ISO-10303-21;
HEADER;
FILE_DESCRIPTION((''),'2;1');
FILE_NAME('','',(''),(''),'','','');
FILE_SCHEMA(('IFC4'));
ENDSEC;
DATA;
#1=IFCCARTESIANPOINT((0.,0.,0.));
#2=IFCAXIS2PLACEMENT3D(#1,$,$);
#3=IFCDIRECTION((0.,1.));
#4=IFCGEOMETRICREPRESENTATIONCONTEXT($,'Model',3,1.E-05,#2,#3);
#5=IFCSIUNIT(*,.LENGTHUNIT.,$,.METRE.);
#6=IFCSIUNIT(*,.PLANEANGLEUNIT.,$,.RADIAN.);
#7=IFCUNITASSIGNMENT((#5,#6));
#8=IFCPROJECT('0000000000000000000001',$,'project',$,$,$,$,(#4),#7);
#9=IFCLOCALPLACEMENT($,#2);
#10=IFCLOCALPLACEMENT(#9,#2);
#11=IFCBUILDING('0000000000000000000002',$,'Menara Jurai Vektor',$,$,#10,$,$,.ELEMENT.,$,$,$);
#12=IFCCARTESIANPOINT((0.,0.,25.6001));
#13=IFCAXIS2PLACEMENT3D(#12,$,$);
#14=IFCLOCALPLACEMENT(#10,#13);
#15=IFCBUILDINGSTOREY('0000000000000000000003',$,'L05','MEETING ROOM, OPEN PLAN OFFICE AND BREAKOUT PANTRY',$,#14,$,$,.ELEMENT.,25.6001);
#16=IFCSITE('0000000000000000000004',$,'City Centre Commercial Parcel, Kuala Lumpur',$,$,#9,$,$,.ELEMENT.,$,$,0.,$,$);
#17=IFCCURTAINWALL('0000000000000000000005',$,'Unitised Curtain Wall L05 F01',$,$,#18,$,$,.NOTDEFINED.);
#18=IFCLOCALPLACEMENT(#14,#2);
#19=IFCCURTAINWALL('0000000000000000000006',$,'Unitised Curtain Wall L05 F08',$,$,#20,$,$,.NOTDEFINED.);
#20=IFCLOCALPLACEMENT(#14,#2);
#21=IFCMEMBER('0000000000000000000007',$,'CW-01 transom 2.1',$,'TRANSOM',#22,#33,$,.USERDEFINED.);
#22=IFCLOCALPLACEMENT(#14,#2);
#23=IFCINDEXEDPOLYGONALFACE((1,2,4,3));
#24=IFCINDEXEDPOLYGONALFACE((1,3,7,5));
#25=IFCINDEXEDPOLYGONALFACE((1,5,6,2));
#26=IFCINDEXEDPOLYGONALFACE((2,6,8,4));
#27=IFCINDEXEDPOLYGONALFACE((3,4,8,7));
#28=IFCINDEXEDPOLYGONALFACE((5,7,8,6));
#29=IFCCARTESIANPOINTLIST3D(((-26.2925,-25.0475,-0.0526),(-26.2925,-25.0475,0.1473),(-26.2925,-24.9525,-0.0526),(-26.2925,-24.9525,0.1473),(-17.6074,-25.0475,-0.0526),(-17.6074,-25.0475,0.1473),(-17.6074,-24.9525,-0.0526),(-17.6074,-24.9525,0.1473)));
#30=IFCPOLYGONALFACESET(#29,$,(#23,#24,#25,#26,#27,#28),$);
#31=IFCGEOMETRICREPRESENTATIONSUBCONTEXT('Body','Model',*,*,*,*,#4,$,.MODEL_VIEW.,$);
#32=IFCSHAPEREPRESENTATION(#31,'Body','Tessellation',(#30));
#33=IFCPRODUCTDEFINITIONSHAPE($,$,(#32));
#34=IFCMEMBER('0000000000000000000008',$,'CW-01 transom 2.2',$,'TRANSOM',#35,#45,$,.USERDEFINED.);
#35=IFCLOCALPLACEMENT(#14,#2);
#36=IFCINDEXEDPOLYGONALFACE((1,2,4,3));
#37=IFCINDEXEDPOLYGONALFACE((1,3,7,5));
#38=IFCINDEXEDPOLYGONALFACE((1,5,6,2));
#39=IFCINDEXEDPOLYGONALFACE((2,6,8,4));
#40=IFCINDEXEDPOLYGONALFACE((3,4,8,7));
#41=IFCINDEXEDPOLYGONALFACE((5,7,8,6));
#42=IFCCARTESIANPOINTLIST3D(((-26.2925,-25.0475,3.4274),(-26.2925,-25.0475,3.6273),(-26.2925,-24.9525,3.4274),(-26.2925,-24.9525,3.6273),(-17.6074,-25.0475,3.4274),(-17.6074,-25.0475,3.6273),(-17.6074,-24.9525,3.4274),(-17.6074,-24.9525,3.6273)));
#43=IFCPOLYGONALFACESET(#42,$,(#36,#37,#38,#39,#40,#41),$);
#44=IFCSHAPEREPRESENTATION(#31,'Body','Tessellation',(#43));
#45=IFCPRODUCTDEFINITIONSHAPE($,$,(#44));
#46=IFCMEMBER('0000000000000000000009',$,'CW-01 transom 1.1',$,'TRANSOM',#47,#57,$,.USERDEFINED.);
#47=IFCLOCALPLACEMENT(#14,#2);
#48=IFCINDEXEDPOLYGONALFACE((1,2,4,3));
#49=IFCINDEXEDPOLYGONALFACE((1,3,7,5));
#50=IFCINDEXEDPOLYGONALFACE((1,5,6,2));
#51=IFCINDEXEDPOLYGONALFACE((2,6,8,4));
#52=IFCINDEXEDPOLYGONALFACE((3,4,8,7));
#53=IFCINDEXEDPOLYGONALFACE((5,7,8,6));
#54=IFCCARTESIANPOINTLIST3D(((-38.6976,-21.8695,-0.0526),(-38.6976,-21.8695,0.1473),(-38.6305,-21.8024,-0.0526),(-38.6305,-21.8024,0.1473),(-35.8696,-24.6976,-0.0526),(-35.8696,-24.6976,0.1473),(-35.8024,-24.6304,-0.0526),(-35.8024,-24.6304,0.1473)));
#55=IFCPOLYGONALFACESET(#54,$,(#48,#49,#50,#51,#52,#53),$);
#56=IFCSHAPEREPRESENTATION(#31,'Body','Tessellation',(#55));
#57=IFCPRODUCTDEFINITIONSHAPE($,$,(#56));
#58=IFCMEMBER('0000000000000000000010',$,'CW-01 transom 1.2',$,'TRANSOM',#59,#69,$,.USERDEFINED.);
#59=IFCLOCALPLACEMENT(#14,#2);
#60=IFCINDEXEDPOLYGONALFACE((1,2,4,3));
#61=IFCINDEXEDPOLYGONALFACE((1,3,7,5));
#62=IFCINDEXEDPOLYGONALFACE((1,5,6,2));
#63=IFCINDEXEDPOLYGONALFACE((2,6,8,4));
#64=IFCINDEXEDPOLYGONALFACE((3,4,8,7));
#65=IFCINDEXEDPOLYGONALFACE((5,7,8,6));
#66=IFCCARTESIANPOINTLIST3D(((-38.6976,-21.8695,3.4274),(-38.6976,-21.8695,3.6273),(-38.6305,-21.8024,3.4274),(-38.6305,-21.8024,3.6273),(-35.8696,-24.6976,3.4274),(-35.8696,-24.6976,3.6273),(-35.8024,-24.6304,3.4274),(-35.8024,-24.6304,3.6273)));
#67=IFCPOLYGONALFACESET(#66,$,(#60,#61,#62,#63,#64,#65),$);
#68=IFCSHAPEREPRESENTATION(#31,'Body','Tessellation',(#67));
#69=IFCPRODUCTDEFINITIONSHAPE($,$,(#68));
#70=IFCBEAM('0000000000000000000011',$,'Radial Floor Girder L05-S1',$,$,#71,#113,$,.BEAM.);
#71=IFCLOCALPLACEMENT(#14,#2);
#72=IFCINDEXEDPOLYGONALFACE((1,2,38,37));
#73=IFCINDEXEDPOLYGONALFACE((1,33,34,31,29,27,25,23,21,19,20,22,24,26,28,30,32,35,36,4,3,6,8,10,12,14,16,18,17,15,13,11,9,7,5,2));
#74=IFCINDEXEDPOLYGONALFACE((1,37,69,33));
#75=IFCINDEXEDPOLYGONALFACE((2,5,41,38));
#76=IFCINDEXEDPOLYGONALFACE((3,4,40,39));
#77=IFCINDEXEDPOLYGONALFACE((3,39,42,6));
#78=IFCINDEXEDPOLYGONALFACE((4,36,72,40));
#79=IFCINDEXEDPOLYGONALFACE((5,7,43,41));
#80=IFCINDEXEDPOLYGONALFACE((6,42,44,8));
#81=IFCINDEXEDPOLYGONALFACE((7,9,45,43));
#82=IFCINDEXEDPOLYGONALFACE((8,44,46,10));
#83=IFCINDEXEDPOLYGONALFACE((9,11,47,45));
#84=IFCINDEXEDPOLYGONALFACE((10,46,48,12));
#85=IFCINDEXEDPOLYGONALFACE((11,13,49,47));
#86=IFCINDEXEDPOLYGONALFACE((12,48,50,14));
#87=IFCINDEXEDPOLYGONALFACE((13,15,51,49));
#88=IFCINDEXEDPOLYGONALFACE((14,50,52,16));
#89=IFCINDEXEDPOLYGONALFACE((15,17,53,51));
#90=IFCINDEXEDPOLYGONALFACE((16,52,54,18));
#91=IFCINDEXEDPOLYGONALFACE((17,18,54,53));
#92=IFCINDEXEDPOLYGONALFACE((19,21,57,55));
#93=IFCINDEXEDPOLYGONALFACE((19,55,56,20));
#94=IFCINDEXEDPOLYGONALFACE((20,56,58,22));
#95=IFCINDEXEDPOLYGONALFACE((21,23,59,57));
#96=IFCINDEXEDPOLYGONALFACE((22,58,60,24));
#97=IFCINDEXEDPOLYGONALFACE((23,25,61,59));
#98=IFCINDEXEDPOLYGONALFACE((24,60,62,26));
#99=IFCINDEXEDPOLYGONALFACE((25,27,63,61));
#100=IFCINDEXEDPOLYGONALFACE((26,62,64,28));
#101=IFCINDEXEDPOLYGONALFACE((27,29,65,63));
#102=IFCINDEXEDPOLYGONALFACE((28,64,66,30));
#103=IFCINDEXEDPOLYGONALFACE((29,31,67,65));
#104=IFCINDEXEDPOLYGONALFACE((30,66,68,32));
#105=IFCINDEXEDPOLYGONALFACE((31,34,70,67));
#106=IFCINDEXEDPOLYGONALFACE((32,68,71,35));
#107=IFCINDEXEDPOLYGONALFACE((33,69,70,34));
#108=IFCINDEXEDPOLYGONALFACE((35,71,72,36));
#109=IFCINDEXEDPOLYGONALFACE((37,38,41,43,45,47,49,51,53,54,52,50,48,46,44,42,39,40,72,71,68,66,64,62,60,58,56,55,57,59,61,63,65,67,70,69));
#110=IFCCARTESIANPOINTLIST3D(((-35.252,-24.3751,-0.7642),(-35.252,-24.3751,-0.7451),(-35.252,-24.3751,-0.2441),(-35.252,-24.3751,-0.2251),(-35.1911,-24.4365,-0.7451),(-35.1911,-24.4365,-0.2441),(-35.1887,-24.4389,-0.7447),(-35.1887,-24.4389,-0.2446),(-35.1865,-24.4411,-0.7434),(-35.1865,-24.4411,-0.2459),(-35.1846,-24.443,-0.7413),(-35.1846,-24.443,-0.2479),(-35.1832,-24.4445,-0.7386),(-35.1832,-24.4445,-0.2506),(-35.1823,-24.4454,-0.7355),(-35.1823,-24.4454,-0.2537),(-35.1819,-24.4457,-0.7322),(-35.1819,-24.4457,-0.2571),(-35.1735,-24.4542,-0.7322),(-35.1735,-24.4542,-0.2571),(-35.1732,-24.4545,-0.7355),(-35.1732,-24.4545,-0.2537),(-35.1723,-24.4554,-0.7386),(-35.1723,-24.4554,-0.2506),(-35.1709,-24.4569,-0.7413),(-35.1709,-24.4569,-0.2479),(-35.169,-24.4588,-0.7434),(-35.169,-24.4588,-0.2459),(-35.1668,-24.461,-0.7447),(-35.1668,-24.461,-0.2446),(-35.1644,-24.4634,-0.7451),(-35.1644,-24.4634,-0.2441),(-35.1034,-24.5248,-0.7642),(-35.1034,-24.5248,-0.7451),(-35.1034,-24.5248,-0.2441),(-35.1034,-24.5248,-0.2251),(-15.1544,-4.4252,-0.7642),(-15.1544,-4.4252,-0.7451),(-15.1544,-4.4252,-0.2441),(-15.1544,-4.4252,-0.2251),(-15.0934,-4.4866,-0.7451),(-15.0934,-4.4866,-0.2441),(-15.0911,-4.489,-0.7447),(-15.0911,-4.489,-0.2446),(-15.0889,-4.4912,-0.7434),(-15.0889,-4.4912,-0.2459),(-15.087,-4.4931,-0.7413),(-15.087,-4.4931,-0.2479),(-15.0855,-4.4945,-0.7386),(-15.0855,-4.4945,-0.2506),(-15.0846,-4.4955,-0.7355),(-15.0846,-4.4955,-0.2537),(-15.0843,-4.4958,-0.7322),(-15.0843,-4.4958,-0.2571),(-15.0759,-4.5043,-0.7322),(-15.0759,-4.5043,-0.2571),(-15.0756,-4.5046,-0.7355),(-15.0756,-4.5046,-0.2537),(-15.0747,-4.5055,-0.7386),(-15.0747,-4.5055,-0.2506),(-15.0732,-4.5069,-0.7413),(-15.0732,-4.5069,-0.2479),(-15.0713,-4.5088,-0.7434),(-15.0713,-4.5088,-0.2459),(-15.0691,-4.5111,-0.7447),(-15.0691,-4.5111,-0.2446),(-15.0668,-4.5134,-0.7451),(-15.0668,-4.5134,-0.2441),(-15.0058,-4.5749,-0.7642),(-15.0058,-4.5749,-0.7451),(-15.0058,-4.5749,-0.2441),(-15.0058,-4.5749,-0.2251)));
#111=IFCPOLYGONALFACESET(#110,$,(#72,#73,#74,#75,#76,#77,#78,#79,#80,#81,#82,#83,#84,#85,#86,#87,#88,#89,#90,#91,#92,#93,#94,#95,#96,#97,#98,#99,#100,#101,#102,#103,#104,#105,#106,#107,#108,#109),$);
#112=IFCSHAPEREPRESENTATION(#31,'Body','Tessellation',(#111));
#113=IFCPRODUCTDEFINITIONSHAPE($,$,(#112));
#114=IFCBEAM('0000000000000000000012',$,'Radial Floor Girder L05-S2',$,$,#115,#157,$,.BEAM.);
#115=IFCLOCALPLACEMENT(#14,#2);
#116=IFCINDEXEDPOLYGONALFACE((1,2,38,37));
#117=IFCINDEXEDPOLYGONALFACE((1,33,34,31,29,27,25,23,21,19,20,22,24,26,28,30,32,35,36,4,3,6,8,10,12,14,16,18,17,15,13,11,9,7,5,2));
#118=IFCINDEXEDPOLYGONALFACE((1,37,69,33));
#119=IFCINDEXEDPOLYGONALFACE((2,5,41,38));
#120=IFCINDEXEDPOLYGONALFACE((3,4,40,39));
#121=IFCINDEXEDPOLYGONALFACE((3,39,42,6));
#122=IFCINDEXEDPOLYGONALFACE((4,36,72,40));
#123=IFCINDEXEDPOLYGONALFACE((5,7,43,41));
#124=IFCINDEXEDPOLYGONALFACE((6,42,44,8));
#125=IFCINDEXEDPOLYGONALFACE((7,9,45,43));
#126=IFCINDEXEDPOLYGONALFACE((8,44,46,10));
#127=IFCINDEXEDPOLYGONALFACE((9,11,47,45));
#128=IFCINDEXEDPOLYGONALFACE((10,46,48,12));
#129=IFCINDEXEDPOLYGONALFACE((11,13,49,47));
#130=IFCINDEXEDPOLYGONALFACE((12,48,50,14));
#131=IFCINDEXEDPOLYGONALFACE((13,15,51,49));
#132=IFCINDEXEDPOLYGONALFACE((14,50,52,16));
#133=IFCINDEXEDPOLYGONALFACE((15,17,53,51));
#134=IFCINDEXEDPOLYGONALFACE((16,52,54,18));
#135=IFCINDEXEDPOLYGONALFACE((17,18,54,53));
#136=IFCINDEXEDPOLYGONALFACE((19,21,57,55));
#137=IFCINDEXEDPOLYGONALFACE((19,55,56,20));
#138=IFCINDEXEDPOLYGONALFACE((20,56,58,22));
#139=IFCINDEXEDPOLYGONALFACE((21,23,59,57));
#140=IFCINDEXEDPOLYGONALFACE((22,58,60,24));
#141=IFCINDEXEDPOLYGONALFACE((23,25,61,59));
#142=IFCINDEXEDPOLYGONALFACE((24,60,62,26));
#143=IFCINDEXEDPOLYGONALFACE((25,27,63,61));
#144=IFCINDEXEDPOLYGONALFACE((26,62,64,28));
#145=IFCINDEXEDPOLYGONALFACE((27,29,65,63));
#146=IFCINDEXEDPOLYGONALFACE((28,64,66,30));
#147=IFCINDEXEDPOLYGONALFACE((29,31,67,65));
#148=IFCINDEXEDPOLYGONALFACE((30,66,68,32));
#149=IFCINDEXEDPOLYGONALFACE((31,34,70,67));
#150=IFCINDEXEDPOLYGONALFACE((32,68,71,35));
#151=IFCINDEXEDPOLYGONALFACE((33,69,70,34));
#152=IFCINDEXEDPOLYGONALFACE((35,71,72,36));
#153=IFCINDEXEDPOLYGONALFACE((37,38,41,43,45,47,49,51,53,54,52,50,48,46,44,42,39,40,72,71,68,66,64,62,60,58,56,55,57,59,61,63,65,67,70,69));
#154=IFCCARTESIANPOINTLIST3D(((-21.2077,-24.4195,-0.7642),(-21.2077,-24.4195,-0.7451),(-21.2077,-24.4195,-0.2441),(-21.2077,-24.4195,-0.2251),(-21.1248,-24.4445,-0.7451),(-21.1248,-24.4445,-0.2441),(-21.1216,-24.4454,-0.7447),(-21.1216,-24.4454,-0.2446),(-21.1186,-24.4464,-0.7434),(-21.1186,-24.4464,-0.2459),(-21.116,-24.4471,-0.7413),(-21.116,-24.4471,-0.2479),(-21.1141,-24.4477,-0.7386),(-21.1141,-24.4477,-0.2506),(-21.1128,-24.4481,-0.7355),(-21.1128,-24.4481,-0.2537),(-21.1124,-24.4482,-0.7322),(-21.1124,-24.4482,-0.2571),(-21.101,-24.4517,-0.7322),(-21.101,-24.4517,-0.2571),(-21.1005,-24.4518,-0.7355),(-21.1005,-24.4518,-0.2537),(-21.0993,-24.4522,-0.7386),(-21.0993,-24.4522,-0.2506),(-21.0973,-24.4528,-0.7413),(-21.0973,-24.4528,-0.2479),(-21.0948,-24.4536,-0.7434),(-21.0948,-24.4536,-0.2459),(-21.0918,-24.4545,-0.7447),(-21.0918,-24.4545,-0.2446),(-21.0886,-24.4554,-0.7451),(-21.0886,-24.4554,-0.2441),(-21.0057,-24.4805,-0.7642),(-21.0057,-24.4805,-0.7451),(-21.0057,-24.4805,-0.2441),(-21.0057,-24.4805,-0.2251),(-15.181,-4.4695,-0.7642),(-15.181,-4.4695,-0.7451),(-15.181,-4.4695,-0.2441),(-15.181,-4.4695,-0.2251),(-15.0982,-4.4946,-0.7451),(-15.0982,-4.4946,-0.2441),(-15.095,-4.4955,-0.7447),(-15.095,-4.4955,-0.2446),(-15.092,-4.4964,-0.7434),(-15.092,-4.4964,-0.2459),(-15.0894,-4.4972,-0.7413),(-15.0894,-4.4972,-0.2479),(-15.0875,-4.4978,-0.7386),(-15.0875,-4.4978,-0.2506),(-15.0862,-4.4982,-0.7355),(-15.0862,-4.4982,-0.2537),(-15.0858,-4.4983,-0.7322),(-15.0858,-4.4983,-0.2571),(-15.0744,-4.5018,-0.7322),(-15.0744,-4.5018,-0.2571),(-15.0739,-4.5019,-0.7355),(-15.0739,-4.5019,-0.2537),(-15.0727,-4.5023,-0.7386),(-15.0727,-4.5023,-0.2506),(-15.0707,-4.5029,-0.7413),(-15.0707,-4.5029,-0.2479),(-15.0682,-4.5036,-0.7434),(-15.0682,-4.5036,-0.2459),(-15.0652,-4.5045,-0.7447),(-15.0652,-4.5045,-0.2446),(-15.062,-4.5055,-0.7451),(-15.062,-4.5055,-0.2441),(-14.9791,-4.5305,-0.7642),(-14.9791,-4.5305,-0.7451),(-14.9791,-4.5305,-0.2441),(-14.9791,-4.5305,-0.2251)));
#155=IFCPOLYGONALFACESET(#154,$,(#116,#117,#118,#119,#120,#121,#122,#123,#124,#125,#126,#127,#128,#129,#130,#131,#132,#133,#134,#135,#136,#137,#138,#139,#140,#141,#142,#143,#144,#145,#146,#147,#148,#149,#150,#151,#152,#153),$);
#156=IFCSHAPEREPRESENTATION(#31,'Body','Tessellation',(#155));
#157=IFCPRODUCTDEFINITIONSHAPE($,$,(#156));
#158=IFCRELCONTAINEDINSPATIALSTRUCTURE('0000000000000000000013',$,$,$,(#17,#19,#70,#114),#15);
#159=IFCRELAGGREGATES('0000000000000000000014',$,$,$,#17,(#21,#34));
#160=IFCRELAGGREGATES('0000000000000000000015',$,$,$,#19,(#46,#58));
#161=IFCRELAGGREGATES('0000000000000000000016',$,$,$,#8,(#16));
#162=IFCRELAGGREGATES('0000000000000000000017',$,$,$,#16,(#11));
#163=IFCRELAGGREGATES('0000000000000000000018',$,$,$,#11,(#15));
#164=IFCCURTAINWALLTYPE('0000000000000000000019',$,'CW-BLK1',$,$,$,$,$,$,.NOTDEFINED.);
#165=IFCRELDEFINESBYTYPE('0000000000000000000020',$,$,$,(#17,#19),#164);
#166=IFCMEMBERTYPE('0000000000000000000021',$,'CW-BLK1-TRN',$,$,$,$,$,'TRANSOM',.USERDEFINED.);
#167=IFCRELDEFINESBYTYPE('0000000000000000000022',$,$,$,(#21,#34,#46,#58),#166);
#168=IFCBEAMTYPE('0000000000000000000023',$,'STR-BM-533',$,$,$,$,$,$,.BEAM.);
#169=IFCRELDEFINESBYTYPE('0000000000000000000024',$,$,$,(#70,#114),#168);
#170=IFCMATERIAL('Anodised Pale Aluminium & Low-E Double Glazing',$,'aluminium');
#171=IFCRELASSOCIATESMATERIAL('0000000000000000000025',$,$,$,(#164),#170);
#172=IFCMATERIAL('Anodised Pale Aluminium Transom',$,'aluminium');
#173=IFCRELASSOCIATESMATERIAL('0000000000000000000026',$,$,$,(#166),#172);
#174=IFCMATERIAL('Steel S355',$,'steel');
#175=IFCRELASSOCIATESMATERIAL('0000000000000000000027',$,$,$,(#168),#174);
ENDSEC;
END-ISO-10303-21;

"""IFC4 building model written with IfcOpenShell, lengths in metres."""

from ifc_helpers import new_model, si_unit, direction, frame, origin, origin_2d, place, context, subcontext, project, spatial, rectangle, i_section, extrude, material, material_profile, profile_set, type_object, element, aggregate, save


model = new_model("IFC4")

# Units and contexts
model_context = context("Model", 3, precision=1e-05, world=origin(), true_north=direction((0.0, 1.0)))
body_context = subcontext(model_context, "Body", "Model", "MODEL_VIEW")
ifc_project = project(units=[si_unit("LENGTHUNIT", "METRE"), si_unit("PLANEANGLEUNIT", "RADIAN")], contexts=[model_context])

# Site, building, storey
site_placement = place(None, origin())
site = spatial("IfcSite", under=ifc_project, at=site_placement, Name="City Centre Commercial Parcel, Kuala Lumpur", CompositionType="ELEMENT", RefElevation=0.0)
building_placement = place(site_placement, origin())
building = spatial("IfcBuilding", under=site, at=building_placement, Name="Menara Jurai Vektor", CompositionType="ELEMENT")
storey_placement = place(building_placement, frame((0.0, 0.0, 25.6001)))
storey = spatial("IfcBuildingStorey", under=building, at=storey_placement, Name="L05", Description="MEETING ROOM, OPEN PLAN OFFICE AND BREAKOUT PANTRY", CompositionType="ELEMENT", Elevation=25.6001)

# Curtain walls
ifc_material_1 = material(Name="Anodised Pale Aluminium & Low-E Double Glazing", Category="aluminium")
curtain_wall_type = type_object("IfcCurtainWallType", Name="CW-BLK1", PredefinedType="NOTDEFINED", material=ifc_material_1)
curtain_wall_1_placement = place(storey_placement, origin())
curtain_wall_1 = element("IfcCurtainWall", 1, at=curtain_wall_1_placement, inside=storey, type_object=curtain_wall_type, Name="Unitised Curtain Wall L05 F01", PredefinedType="NOTDEFINED")
curtain_wall_2_placement = place(storey_placement, origin())
curtain_wall_2 = element("IfcCurtainWall", 2, at=curtain_wall_2_placement, inside=storey, type_object=curtain_wall_type, Name="Unitised Curtain Wall L05 F08", PredefinedType="NOTDEFINED")

# Members
ifc_material_2 = material(Name="Anodised Pale Aluminium Transom", Category="aluminium")
ifc_material_profile_1 = material_profile(ifc_material_2, rectangle(XDim=0.095, YDim=0.2, at=origin_2d()), Name="ALU TRN 95x200")
ifc_profile_set_1 = profile_set([ifc_material_profile_1], Name="Anodised Pale Aluminium Transom")
member_type_1 = type_object("IfcMemberType", Name="CW-BLK1-TRN", ElementType="TRANSOM", PredefinedType="USERDEFINED", material=ifc_profile_set_1)
member_1_placement = place(storey_placement, frame((-26.2925, -25.0, 0.0474), z_axis=(1.0, 0.0, 0.0), x_axis=(0.0, 1.0, 0.0)))
member_1 = element("IfcMember", 3, at=member_1_placement, type_object=member_type_1, Name="CW-01 transom 2.1", ObjectType="TRANSOM", PredefinedType="USERDEFINED", context=body_context, shape_type="SweptSolid", body=[
    extrude(rectangle(XDim=0.095, YDim=0.2, at=origin_2d()), origin(), (0.0, 0.0, 1.0), 8.6851),
])
member_2_placement = place(storey_placement, frame((-26.2925, -25.0, 3.5273), z_axis=(1.0, 0.0, 0.0), x_axis=(0.0, 1.0, 0.0)))
member_2 = element("IfcMember", 4, at=member_2_placement, type_object=member_type_1, Name="CW-01 transom 2.2", ObjectType="TRANSOM", PredefinedType="USERDEFINED", context=body_context, shape_type="SweptSolid", body=[
    extrude(rectangle(XDim=0.095, YDim=0.2, at=origin_2d()), origin(), (0.0, 0.0, 1.0), 8.6851),
])
member_3_placement = place(storey_placement, frame((-38.6641, -21.8359, 0.0474), z_axis=(0.707107, -0.707107, 0.0), x_axis=(0.707107, 0.707107, 0.0)))
member_3 = element("IfcMember", 5, at=member_3_placement, type_object=member_type_1, Name="CW-01 transom 1.1", ObjectType="TRANSOM", PredefinedType="USERDEFINED", context=body_context, shape_type="SweptSolid", body=[
    extrude(rectangle(XDim=0.095, YDim=0.2, at=origin_2d()), origin(), (0.0, 0.0, 1.0), 3.9995),
])
member_4_placement = place(storey_placement, frame((-38.6641, -21.8359, 3.5273), z_axis=(0.707107, -0.707107, 0.0), x_axis=(0.707107, 0.707107, 0.0)))
member_4 = element("IfcMember", 6, at=member_4_placement, type_object=member_type_1, Name="CW-01 transom 1.2", ObjectType="TRANSOM", PredefinedType="USERDEFINED", context=body_context, shape_type="SweptSolid", body=[
    extrude(rectangle(XDim=0.095, YDim=0.2, at=origin_2d()), origin(), (0.0, 0.0, 1.0), 3.9995),
])

# Beams
ifc_material_3 = material(Name="Steel S355", Category="steel")
ifc_material_profile_2 = material_profile(ifc_material_3, i_section(OverallWidth=0.2109, OverallDepth=0.5391, WebThickness=0.012, FlangeThickness=0.019, FilletRadius=0.0129, at=origin_2d()), Name="UKB 533x210x109")
ifc_profile_set_2 = profile_set([ifc_material_profile_2], Name="Steel S355")
beam_type_1 = type_object("IfcBeamType", Name="STR-BM-533", PredefinedType="BEAM", material=ifc_profile_set_2)
beam_1_placement = place(storey_placement, frame((-35.1777, -24.45, -0.4946), z_axis=(0.70971, 0.704494, 0.0), x_axis=(-0.704494, 0.70971, 0.0)))
element("IfcBeam", 7, at=beam_1_placement, inside=storey, type_object=beam_type_1, Name="Radial Floor Girder L05-S1", PredefinedType="BEAM", context=body_context, shape_type="SweptSolid", body=[
    extrude(i_section(OverallWidth=0.2109, OverallDepth=0.5391, WebThickness=0.012, FlangeThickness=0.019, FilletRadius=0.0129, at=origin_2d()), origin(), (0.0, 0.0, 1.0), 28.3181),
])
beam_2_placement = place(storey_placement, frame((-21.1067, -24.45, -0.4946), z_axis=(0.28918, 0.957275, 0.0), x_axis=(-0.957275, 0.28918, 0.0)))
element("IfcBeam", 8, at=beam_2_placement, inside=storey, type_object=beam_type_1, Name="Radial Floor Girder L05-S2", PredefinedType="BEAM", context=body_context, shape_type="SweptSolid", body=[
    extrude(i_section(OverallWidth=0.2109, OverallDepth=0.5391, WebThickness=0.012, FlangeThickness=0.019, FilletRadius=0.0129, at=origin_2d()), origin(), (0.0, 0.0, 1.0), 20.8403),
])

aggregate(curtain_wall_1, [member_1, member_2])
aggregate(curtain_wall_2, [member_3, member_4])

save(model, "model.ifc")
